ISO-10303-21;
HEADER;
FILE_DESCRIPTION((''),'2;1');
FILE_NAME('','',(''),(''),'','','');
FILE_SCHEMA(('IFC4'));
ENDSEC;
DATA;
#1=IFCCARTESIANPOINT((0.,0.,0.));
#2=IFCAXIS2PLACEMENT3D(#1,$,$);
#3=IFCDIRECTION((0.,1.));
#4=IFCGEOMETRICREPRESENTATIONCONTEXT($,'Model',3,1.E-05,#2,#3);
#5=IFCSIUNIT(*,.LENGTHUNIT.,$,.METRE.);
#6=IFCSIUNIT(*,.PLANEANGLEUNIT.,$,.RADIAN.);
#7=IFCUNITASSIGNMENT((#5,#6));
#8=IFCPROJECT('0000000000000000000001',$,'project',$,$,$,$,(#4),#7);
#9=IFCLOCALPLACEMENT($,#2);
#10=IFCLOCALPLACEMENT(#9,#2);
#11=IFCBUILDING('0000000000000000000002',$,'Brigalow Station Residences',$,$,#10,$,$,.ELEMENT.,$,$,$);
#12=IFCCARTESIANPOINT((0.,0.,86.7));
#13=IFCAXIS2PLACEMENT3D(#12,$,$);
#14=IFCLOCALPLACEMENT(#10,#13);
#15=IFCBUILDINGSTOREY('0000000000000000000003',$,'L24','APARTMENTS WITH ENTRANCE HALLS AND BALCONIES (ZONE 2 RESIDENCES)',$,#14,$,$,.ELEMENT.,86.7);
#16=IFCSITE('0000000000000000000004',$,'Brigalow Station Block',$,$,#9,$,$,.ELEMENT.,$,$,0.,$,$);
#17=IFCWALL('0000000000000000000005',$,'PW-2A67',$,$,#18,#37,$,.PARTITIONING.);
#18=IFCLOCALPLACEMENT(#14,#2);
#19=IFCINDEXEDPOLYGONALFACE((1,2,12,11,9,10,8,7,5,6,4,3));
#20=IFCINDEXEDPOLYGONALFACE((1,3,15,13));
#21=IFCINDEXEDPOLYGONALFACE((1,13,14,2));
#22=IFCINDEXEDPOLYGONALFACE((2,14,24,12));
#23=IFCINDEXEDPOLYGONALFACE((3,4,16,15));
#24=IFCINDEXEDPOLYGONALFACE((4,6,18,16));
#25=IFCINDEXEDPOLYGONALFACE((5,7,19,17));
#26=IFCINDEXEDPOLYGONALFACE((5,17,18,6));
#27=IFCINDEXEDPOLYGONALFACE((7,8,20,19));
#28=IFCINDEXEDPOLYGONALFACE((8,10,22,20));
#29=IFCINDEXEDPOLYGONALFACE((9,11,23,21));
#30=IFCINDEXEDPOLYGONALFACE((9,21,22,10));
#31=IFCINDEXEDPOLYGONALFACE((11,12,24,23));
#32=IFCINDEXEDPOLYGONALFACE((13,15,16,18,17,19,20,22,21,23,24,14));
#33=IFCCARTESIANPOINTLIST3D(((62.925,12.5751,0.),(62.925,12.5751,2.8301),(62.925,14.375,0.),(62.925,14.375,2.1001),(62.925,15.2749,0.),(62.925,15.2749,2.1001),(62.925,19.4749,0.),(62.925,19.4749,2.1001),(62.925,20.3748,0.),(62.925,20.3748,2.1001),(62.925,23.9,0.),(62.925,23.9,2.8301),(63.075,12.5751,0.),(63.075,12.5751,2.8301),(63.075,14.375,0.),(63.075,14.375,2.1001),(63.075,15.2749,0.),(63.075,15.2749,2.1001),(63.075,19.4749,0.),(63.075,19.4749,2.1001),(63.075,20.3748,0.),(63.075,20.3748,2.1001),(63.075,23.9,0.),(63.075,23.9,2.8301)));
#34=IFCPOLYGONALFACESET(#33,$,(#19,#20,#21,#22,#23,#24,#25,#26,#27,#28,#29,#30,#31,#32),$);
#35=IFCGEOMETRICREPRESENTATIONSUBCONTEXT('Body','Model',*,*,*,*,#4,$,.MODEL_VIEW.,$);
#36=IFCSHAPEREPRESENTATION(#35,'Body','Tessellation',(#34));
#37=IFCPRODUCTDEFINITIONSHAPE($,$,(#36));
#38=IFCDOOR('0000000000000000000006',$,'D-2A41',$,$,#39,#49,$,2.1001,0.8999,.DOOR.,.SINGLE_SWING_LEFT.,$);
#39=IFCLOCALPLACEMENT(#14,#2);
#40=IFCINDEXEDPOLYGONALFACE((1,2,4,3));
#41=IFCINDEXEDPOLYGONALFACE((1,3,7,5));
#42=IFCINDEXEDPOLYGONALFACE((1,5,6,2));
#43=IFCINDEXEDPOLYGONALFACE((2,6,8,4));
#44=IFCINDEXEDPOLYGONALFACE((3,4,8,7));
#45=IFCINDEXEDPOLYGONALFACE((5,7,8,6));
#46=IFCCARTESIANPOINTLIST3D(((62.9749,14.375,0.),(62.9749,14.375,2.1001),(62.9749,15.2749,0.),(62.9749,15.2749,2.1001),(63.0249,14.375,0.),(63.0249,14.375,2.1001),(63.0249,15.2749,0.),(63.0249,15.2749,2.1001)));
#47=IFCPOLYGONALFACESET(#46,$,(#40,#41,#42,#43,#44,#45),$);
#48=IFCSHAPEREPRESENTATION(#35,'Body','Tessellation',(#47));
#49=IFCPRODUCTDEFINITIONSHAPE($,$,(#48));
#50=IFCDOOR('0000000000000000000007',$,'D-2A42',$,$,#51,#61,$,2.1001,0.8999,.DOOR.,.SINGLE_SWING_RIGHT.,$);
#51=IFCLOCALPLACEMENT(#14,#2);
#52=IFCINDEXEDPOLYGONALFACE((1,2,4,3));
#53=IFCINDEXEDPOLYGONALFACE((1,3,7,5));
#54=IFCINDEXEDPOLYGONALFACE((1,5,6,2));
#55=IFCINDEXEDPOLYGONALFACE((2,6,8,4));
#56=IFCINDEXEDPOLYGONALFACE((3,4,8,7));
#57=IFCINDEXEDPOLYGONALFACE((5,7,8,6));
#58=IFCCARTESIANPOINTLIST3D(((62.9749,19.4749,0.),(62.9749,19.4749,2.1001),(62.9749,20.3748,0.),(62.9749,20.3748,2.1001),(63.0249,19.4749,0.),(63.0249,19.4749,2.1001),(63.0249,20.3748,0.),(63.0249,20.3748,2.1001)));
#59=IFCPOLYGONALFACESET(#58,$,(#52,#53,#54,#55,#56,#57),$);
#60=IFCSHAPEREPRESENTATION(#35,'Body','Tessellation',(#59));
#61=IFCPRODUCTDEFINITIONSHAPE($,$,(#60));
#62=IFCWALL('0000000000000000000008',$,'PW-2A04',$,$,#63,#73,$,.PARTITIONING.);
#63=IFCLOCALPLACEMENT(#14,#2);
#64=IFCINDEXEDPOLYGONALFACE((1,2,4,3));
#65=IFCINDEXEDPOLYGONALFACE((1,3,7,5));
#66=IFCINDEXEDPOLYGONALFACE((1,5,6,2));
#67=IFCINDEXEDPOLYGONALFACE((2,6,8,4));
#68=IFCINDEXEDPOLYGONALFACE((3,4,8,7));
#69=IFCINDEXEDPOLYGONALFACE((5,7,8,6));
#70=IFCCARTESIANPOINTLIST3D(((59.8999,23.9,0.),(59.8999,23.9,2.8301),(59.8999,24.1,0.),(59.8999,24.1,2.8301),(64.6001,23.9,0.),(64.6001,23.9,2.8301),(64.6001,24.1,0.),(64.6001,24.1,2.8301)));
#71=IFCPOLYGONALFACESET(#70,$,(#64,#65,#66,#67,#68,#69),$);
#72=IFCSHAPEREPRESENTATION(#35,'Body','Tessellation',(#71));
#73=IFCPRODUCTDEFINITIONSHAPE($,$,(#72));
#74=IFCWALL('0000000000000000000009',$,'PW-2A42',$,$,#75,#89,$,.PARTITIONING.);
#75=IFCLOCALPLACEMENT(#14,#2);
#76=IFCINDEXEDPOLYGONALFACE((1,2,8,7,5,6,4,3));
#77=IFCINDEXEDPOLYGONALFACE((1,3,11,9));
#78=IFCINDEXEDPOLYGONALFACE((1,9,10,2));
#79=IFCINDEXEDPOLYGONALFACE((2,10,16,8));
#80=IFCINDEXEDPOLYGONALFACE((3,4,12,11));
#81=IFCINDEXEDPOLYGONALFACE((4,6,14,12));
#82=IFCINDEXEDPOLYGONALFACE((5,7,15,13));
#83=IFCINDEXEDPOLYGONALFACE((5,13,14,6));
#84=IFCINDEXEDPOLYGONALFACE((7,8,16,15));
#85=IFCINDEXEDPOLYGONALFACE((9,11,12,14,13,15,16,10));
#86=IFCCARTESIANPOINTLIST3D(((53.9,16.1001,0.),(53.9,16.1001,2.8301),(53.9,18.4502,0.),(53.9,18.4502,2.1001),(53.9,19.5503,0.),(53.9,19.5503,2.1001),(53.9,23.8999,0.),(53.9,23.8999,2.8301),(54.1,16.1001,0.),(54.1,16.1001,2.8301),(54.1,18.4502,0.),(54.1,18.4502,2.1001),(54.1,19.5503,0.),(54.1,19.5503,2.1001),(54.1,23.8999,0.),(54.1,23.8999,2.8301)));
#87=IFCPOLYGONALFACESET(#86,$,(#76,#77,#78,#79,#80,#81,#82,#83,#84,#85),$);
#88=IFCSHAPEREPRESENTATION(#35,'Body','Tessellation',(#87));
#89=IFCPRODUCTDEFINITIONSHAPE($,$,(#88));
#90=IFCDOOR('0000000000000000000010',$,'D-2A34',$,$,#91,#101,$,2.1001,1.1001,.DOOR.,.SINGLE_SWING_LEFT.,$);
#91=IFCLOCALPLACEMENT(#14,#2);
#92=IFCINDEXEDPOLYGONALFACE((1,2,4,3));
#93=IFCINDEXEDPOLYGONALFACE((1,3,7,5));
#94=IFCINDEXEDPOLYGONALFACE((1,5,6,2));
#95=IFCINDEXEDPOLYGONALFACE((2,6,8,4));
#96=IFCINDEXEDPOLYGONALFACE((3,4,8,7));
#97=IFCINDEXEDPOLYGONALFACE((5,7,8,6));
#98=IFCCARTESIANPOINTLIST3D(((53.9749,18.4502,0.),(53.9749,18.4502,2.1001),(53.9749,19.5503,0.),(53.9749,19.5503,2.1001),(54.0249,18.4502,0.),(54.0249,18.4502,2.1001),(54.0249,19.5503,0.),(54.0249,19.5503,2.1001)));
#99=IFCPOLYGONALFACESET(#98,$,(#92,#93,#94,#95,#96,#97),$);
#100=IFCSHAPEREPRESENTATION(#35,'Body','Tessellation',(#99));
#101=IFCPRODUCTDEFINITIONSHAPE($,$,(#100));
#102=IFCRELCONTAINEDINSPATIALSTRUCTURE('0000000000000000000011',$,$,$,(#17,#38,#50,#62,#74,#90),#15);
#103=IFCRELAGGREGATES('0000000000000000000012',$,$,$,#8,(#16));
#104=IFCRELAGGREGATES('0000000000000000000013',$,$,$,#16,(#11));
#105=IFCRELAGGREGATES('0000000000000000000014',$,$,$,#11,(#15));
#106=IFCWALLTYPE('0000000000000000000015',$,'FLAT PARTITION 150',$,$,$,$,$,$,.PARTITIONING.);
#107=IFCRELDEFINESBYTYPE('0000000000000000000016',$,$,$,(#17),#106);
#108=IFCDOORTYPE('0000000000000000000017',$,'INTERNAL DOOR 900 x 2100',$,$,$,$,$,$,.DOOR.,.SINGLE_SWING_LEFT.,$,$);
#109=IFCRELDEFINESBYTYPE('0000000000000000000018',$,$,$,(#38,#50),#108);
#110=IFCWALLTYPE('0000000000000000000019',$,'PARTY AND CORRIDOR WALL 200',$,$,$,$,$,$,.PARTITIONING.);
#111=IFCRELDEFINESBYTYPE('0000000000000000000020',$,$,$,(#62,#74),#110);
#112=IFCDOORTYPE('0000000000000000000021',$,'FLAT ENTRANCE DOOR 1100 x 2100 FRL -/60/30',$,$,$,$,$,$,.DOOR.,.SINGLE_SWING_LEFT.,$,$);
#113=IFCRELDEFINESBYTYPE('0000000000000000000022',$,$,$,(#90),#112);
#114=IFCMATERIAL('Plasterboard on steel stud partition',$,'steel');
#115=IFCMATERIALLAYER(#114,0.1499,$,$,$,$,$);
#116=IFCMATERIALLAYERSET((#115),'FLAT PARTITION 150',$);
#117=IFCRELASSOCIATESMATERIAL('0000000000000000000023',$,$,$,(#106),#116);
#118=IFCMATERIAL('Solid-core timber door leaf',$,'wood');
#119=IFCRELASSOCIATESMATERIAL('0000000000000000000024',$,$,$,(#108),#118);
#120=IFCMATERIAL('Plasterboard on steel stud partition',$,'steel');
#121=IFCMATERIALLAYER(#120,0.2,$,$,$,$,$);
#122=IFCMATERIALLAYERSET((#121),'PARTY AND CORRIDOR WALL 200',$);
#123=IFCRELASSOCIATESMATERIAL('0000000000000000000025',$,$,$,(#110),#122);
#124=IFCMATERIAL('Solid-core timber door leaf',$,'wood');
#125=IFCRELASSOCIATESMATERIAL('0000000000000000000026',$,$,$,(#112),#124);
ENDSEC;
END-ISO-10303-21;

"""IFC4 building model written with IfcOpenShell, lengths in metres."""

from ifc_helpers import new_model, si_unit, direction, frame, frame_2d, origin, place, context, subcontext, project, spatial, rectangle, extrude, material, layer, layer_set, type_object, element, fill, save


model = new_model("IFC4")

# Units and contexts
model_context = context("Model", 3, precision=1e-05, world=origin(), true_north=direction((0.0, 1.0)))
body_context = subcontext(model_context, "Body", "Model", "MODEL_VIEW")
ifc_project = project(units=[si_unit("LENGTHUNIT", "METRE"), si_unit("PLANEANGLEUNIT", "RADIAN")], contexts=[model_context])

# Site, building, storey
site_placement = place(None, origin())
site = spatial("IfcSite", under=ifc_project, at=site_placement, Name="Brigalow Station Block", CompositionType="ELEMENT", RefElevation=0.0)
building_placement = place(site_placement, origin())
building = spatial("IfcBuilding", under=site, at=building_placement, Name="Brigalow Station Residences", CompositionType="ELEMENT")
storey_placement = place(building_placement, frame((0.0, 0.0, 86.7)))
storey = spatial("IfcBuildingStorey", under=building, at=storey_placement, Name="L24", Description="APARTMENTS WITH ENTRANCE HALLS AND BALCONIES (ZONE 2 RESIDENCES)", CompositionType="ELEMENT", Elevation=86.7)

# Shared definitions
ifc_material_1 = material(Name="Plasterboard on steel stud partition", Category="steel")
ifc_layer_1 = layer(ifc_material_1, 0.1499)
ifc_layer_set_1 = layer_set([ifc_layer_1], Name="FLAT PARTITION 150")
wall_type_1 = type_object("IfcWallType", Name="FLAT PARTITION 150", PredefinedType="PARTITIONING", material=ifc_layer_set_1)

# Shared definitions
ifc_material_2 = material(Name="Solid-core timber door leaf", Category="wood")
door_type_1 = type_object("IfcDoorType", Name="INTERNAL DOOR 900 x 2100", OperationType="SINGLE_SWING_LEFT", PredefinedType="DOOR", material=ifc_material_2)

# Wall, openings, doors
wall_1_placement = place(storey_placement, frame((63.0, 12.575, 0.0), z_axis=(0.0, 0.0, 1.0), x_axis=(0.0, 1.0, 0.0)))
wall_1 = element("IfcWall", 1, at=wall_1_placement, inside=storey, type_object=wall_type_1, Name="PW-2A67", PredefinedType="PARTITIONING", context=body_context, shape_type="SweptSolid", body=[
    extrude(rectangle(XDim=11.325, YDim=0.1499, at=frame_2d((5.6626, 0.0))), origin(), (0.0, 0.0, 1.0), 2.8301),
])
opening_1_placement = place(wall_1_placement, frame((1.8, 0.0, 0.0)))
opening_1 = element("IfcOpeningElement", 2, at=opening_1_placement, cuts=wall_1, PredefinedType="OPENING", context=body_context, shape_type="SweptSolid", body=[
    extrude(rectangle(XDim=0.8999, YDim=2.1001, at=frame_2d((0.45, 1.05))), frame((0.0, 0.085, 0.0), z_axis=(0.0, -1.0, 0.0), x_axis=(1.0, 0.0, 0.0)), (0.0, 0.0, 1.0), 0.1699),
])
opening_2_placement = place(wall_1_placement, frame((6.8999, 0.0, 0.0)))
opening_2 = element("IfcOpeningElement", 3, at=opening_2_placement, cuts=wall_1, PredefinedType="OPENING", context=body_context, shape_type="SweptSolid", body=[
    extrude(rectangle(XDim=0.8999, YDim=2.1001, at=frame_2d((0.45, 1.05))), frame((0.0, 0.085, 0.0), z_axis=(0.0, -1.0, 0.0), x_axis=(1.0, 0.0, 0.0)), (0.0, 0.0, 1.0), 0.1699),
])
door_1_placement = place(opening_1_placement, frame((0.8999, 0.0, 0.0), z_axis=(0.0, 0.0, 1.0), x_axis=(-1.0, 0.0, 0.0)))
door_1 = element("IfcDoor", 4, at=door_1_placement, inside=storey, type_object=door_type_1, Name="D-2A41", OperationType="SINGLE_SWING_LEFT", OverallHeight=2.1001, OverallWidth=0.8999, PredefinedType="DOOR", context=body_context, shape_type="SweptSolid", body=[
    extrude(rectangle(XDim=0.8999, YDim=2.1001, at=frame_2d((0.45, 1.05))), frame((0.0, 0.0249, 0.0), z_axis=(0.0, -1.0, 0.0), x_axis=(1.0, 0.0, 0.0)), (0.0, 0.0, 1.0), 0.05),
])
fill(opening_1, door_1)
door_2_placement = place(opening_2_placement, frame((0.8999, 0.0, 0.0), z_axis=(0.0, 0.0, 1.0), x_axis=(-1.0, 0.0, 0.0)))
door_2 = element("IfcDoor", 5, at=door_2_placement, inside=storey, type_object=door_type_1, Name="D-2A42", OperationType="SINGLE_SWING_RIGHT", OverallHeight=2.1001, OverallWidth=0.8999, PredefinedType="DOOR", context=body_context, shape_type="SweptSolid", body=[
    extrude(rectangle(XDim=0.8999, YDim=2.1001, at=frame_2d((0.45, 1.05))), frame((0.0, 0.0249, 0.0), z_axis=(0.0, -1.0, 0.0), x_axis=(1.0, 0.0, 0.0)), (0.0, 0.0, 1.0), 0.05),
])
fill(opening_2, door_2)

# Wall
ifc_material_3 = material(Name="Plasterboard on steel stud partition", Category="steel")
ifc_layer_2 = layer(ifc_material_3, 0.2)
ifc_layer_set_2 = layer_set([ifc_layer_2], Name="PARTY AND CORRIDOR WALL 200")
wall_type_2 = type_object("IfcWallType", Name="PARTY AND CORRIDOR WALL 200", PredefinedType="PARTITIONING", material=ifc_layer_set_2)
wall_2_placement = place(storey_placement, frame((59.8999, 24.0, 0.0), z_axis=(0.0, 0.0, 1.0), x_axis=(1.0, 0.0, 0.0)))
element("IfcWall", 6, at=wall_2_placement, inside=storey, type_object=wall_type_2, Name="PW-2A04", PredefinedType="PARTITIONING", context=body_context, shape_type="SweptSolid", body=[
    extrude(rectangle(XDim=4.7002, YDim=0.2, at=frame_2d((2.3501, 0.0))), origin(), (0.0, 0.0, 1.0), 2.8301),
])

# Wall, opening, door
wall_3_placement = place(storey_placement, frame((54.0, 16.1001, 0.0), z_axis=(0.0, 0.0, 1.0), x_axis=(0.0, 1.0, 0.0)))
wall_3 = element("IfcWall", 7, at=wall_3_placement, inside=storey, type_object=wall_type_2, Name="PW-2A42", PredefinedType="PARTITIONING", context=body_context, shape_type="SweptSolid", body=[
    extrude(rectangle(XDim=7.7998, YDim=0.2, at=frame_2d((3.8999, 0.0))), origin(), (0.0, 0.0, 1.0), 2.8301),
])
opening_3_placement = place(wall_3_placement, frame((2.3501, 0.0, 0.0)))
opening_3 = element("IfcOpeningElement", 8, at=opening_3_placement, cuts=wall_3, PredefinedType="OPENING", context=body_context, shape_type="SweptSolid", body=[
    extrude(rectangle(XDim=1.1001, YDim=2.1001, at=frame_2d((0.55, 1.05))), frame((0.0, 0.1099, 0.0), z_axis=(0.0, -1.0, 0.0), x_axis=(1.0, 0.0, 0.0)), (0.0, 0.0, 1.0), 0.22),
])
ifc_material_4 = material(Name="Solid-core timber door leaf", Category="wood")
door_type_2 = type_object("IfcDoorType", Name="FLAT ENTRANCE DOOR 1100 x 2100 FRL -/60/30", OperationType="SINGLE_SWING_LEFT", PredefinedType="DOOR", material=ifc_material_4)
door_3_placement = place(opening_3_placement, frame((1.1001, 0.0, 0.0), z_axis=(0.0, 0.0, 1.0), x_axis=(-1.0, 0.0, 0.0)))
door_3 = element("IfcDoor", 9, at=door_3_placement, inside=storey, type_object=door_type_2, Name="D-2A34", OperationType="SINGLE_SWING_LEFT", OverallHeight=2.1001, OverallWidth=1.1001, PredefinedType="DOOR", context=body_context, shape_type="SweptSolid", body=[
    extrude(rectangle(XDim=1.1001, YDim=2.1001, at=frame_2d((0.55, 1.05))), frame((0.0, 0.0249, 0.0), z_axis=(0.0, -1.0, 0.0), x_axis=(1.0, 0.0, 0.0)), (0.0, 0.0, 1.0), 0.05),
])
fill(opening_3, door_3)

save(model, "model.ifc")
